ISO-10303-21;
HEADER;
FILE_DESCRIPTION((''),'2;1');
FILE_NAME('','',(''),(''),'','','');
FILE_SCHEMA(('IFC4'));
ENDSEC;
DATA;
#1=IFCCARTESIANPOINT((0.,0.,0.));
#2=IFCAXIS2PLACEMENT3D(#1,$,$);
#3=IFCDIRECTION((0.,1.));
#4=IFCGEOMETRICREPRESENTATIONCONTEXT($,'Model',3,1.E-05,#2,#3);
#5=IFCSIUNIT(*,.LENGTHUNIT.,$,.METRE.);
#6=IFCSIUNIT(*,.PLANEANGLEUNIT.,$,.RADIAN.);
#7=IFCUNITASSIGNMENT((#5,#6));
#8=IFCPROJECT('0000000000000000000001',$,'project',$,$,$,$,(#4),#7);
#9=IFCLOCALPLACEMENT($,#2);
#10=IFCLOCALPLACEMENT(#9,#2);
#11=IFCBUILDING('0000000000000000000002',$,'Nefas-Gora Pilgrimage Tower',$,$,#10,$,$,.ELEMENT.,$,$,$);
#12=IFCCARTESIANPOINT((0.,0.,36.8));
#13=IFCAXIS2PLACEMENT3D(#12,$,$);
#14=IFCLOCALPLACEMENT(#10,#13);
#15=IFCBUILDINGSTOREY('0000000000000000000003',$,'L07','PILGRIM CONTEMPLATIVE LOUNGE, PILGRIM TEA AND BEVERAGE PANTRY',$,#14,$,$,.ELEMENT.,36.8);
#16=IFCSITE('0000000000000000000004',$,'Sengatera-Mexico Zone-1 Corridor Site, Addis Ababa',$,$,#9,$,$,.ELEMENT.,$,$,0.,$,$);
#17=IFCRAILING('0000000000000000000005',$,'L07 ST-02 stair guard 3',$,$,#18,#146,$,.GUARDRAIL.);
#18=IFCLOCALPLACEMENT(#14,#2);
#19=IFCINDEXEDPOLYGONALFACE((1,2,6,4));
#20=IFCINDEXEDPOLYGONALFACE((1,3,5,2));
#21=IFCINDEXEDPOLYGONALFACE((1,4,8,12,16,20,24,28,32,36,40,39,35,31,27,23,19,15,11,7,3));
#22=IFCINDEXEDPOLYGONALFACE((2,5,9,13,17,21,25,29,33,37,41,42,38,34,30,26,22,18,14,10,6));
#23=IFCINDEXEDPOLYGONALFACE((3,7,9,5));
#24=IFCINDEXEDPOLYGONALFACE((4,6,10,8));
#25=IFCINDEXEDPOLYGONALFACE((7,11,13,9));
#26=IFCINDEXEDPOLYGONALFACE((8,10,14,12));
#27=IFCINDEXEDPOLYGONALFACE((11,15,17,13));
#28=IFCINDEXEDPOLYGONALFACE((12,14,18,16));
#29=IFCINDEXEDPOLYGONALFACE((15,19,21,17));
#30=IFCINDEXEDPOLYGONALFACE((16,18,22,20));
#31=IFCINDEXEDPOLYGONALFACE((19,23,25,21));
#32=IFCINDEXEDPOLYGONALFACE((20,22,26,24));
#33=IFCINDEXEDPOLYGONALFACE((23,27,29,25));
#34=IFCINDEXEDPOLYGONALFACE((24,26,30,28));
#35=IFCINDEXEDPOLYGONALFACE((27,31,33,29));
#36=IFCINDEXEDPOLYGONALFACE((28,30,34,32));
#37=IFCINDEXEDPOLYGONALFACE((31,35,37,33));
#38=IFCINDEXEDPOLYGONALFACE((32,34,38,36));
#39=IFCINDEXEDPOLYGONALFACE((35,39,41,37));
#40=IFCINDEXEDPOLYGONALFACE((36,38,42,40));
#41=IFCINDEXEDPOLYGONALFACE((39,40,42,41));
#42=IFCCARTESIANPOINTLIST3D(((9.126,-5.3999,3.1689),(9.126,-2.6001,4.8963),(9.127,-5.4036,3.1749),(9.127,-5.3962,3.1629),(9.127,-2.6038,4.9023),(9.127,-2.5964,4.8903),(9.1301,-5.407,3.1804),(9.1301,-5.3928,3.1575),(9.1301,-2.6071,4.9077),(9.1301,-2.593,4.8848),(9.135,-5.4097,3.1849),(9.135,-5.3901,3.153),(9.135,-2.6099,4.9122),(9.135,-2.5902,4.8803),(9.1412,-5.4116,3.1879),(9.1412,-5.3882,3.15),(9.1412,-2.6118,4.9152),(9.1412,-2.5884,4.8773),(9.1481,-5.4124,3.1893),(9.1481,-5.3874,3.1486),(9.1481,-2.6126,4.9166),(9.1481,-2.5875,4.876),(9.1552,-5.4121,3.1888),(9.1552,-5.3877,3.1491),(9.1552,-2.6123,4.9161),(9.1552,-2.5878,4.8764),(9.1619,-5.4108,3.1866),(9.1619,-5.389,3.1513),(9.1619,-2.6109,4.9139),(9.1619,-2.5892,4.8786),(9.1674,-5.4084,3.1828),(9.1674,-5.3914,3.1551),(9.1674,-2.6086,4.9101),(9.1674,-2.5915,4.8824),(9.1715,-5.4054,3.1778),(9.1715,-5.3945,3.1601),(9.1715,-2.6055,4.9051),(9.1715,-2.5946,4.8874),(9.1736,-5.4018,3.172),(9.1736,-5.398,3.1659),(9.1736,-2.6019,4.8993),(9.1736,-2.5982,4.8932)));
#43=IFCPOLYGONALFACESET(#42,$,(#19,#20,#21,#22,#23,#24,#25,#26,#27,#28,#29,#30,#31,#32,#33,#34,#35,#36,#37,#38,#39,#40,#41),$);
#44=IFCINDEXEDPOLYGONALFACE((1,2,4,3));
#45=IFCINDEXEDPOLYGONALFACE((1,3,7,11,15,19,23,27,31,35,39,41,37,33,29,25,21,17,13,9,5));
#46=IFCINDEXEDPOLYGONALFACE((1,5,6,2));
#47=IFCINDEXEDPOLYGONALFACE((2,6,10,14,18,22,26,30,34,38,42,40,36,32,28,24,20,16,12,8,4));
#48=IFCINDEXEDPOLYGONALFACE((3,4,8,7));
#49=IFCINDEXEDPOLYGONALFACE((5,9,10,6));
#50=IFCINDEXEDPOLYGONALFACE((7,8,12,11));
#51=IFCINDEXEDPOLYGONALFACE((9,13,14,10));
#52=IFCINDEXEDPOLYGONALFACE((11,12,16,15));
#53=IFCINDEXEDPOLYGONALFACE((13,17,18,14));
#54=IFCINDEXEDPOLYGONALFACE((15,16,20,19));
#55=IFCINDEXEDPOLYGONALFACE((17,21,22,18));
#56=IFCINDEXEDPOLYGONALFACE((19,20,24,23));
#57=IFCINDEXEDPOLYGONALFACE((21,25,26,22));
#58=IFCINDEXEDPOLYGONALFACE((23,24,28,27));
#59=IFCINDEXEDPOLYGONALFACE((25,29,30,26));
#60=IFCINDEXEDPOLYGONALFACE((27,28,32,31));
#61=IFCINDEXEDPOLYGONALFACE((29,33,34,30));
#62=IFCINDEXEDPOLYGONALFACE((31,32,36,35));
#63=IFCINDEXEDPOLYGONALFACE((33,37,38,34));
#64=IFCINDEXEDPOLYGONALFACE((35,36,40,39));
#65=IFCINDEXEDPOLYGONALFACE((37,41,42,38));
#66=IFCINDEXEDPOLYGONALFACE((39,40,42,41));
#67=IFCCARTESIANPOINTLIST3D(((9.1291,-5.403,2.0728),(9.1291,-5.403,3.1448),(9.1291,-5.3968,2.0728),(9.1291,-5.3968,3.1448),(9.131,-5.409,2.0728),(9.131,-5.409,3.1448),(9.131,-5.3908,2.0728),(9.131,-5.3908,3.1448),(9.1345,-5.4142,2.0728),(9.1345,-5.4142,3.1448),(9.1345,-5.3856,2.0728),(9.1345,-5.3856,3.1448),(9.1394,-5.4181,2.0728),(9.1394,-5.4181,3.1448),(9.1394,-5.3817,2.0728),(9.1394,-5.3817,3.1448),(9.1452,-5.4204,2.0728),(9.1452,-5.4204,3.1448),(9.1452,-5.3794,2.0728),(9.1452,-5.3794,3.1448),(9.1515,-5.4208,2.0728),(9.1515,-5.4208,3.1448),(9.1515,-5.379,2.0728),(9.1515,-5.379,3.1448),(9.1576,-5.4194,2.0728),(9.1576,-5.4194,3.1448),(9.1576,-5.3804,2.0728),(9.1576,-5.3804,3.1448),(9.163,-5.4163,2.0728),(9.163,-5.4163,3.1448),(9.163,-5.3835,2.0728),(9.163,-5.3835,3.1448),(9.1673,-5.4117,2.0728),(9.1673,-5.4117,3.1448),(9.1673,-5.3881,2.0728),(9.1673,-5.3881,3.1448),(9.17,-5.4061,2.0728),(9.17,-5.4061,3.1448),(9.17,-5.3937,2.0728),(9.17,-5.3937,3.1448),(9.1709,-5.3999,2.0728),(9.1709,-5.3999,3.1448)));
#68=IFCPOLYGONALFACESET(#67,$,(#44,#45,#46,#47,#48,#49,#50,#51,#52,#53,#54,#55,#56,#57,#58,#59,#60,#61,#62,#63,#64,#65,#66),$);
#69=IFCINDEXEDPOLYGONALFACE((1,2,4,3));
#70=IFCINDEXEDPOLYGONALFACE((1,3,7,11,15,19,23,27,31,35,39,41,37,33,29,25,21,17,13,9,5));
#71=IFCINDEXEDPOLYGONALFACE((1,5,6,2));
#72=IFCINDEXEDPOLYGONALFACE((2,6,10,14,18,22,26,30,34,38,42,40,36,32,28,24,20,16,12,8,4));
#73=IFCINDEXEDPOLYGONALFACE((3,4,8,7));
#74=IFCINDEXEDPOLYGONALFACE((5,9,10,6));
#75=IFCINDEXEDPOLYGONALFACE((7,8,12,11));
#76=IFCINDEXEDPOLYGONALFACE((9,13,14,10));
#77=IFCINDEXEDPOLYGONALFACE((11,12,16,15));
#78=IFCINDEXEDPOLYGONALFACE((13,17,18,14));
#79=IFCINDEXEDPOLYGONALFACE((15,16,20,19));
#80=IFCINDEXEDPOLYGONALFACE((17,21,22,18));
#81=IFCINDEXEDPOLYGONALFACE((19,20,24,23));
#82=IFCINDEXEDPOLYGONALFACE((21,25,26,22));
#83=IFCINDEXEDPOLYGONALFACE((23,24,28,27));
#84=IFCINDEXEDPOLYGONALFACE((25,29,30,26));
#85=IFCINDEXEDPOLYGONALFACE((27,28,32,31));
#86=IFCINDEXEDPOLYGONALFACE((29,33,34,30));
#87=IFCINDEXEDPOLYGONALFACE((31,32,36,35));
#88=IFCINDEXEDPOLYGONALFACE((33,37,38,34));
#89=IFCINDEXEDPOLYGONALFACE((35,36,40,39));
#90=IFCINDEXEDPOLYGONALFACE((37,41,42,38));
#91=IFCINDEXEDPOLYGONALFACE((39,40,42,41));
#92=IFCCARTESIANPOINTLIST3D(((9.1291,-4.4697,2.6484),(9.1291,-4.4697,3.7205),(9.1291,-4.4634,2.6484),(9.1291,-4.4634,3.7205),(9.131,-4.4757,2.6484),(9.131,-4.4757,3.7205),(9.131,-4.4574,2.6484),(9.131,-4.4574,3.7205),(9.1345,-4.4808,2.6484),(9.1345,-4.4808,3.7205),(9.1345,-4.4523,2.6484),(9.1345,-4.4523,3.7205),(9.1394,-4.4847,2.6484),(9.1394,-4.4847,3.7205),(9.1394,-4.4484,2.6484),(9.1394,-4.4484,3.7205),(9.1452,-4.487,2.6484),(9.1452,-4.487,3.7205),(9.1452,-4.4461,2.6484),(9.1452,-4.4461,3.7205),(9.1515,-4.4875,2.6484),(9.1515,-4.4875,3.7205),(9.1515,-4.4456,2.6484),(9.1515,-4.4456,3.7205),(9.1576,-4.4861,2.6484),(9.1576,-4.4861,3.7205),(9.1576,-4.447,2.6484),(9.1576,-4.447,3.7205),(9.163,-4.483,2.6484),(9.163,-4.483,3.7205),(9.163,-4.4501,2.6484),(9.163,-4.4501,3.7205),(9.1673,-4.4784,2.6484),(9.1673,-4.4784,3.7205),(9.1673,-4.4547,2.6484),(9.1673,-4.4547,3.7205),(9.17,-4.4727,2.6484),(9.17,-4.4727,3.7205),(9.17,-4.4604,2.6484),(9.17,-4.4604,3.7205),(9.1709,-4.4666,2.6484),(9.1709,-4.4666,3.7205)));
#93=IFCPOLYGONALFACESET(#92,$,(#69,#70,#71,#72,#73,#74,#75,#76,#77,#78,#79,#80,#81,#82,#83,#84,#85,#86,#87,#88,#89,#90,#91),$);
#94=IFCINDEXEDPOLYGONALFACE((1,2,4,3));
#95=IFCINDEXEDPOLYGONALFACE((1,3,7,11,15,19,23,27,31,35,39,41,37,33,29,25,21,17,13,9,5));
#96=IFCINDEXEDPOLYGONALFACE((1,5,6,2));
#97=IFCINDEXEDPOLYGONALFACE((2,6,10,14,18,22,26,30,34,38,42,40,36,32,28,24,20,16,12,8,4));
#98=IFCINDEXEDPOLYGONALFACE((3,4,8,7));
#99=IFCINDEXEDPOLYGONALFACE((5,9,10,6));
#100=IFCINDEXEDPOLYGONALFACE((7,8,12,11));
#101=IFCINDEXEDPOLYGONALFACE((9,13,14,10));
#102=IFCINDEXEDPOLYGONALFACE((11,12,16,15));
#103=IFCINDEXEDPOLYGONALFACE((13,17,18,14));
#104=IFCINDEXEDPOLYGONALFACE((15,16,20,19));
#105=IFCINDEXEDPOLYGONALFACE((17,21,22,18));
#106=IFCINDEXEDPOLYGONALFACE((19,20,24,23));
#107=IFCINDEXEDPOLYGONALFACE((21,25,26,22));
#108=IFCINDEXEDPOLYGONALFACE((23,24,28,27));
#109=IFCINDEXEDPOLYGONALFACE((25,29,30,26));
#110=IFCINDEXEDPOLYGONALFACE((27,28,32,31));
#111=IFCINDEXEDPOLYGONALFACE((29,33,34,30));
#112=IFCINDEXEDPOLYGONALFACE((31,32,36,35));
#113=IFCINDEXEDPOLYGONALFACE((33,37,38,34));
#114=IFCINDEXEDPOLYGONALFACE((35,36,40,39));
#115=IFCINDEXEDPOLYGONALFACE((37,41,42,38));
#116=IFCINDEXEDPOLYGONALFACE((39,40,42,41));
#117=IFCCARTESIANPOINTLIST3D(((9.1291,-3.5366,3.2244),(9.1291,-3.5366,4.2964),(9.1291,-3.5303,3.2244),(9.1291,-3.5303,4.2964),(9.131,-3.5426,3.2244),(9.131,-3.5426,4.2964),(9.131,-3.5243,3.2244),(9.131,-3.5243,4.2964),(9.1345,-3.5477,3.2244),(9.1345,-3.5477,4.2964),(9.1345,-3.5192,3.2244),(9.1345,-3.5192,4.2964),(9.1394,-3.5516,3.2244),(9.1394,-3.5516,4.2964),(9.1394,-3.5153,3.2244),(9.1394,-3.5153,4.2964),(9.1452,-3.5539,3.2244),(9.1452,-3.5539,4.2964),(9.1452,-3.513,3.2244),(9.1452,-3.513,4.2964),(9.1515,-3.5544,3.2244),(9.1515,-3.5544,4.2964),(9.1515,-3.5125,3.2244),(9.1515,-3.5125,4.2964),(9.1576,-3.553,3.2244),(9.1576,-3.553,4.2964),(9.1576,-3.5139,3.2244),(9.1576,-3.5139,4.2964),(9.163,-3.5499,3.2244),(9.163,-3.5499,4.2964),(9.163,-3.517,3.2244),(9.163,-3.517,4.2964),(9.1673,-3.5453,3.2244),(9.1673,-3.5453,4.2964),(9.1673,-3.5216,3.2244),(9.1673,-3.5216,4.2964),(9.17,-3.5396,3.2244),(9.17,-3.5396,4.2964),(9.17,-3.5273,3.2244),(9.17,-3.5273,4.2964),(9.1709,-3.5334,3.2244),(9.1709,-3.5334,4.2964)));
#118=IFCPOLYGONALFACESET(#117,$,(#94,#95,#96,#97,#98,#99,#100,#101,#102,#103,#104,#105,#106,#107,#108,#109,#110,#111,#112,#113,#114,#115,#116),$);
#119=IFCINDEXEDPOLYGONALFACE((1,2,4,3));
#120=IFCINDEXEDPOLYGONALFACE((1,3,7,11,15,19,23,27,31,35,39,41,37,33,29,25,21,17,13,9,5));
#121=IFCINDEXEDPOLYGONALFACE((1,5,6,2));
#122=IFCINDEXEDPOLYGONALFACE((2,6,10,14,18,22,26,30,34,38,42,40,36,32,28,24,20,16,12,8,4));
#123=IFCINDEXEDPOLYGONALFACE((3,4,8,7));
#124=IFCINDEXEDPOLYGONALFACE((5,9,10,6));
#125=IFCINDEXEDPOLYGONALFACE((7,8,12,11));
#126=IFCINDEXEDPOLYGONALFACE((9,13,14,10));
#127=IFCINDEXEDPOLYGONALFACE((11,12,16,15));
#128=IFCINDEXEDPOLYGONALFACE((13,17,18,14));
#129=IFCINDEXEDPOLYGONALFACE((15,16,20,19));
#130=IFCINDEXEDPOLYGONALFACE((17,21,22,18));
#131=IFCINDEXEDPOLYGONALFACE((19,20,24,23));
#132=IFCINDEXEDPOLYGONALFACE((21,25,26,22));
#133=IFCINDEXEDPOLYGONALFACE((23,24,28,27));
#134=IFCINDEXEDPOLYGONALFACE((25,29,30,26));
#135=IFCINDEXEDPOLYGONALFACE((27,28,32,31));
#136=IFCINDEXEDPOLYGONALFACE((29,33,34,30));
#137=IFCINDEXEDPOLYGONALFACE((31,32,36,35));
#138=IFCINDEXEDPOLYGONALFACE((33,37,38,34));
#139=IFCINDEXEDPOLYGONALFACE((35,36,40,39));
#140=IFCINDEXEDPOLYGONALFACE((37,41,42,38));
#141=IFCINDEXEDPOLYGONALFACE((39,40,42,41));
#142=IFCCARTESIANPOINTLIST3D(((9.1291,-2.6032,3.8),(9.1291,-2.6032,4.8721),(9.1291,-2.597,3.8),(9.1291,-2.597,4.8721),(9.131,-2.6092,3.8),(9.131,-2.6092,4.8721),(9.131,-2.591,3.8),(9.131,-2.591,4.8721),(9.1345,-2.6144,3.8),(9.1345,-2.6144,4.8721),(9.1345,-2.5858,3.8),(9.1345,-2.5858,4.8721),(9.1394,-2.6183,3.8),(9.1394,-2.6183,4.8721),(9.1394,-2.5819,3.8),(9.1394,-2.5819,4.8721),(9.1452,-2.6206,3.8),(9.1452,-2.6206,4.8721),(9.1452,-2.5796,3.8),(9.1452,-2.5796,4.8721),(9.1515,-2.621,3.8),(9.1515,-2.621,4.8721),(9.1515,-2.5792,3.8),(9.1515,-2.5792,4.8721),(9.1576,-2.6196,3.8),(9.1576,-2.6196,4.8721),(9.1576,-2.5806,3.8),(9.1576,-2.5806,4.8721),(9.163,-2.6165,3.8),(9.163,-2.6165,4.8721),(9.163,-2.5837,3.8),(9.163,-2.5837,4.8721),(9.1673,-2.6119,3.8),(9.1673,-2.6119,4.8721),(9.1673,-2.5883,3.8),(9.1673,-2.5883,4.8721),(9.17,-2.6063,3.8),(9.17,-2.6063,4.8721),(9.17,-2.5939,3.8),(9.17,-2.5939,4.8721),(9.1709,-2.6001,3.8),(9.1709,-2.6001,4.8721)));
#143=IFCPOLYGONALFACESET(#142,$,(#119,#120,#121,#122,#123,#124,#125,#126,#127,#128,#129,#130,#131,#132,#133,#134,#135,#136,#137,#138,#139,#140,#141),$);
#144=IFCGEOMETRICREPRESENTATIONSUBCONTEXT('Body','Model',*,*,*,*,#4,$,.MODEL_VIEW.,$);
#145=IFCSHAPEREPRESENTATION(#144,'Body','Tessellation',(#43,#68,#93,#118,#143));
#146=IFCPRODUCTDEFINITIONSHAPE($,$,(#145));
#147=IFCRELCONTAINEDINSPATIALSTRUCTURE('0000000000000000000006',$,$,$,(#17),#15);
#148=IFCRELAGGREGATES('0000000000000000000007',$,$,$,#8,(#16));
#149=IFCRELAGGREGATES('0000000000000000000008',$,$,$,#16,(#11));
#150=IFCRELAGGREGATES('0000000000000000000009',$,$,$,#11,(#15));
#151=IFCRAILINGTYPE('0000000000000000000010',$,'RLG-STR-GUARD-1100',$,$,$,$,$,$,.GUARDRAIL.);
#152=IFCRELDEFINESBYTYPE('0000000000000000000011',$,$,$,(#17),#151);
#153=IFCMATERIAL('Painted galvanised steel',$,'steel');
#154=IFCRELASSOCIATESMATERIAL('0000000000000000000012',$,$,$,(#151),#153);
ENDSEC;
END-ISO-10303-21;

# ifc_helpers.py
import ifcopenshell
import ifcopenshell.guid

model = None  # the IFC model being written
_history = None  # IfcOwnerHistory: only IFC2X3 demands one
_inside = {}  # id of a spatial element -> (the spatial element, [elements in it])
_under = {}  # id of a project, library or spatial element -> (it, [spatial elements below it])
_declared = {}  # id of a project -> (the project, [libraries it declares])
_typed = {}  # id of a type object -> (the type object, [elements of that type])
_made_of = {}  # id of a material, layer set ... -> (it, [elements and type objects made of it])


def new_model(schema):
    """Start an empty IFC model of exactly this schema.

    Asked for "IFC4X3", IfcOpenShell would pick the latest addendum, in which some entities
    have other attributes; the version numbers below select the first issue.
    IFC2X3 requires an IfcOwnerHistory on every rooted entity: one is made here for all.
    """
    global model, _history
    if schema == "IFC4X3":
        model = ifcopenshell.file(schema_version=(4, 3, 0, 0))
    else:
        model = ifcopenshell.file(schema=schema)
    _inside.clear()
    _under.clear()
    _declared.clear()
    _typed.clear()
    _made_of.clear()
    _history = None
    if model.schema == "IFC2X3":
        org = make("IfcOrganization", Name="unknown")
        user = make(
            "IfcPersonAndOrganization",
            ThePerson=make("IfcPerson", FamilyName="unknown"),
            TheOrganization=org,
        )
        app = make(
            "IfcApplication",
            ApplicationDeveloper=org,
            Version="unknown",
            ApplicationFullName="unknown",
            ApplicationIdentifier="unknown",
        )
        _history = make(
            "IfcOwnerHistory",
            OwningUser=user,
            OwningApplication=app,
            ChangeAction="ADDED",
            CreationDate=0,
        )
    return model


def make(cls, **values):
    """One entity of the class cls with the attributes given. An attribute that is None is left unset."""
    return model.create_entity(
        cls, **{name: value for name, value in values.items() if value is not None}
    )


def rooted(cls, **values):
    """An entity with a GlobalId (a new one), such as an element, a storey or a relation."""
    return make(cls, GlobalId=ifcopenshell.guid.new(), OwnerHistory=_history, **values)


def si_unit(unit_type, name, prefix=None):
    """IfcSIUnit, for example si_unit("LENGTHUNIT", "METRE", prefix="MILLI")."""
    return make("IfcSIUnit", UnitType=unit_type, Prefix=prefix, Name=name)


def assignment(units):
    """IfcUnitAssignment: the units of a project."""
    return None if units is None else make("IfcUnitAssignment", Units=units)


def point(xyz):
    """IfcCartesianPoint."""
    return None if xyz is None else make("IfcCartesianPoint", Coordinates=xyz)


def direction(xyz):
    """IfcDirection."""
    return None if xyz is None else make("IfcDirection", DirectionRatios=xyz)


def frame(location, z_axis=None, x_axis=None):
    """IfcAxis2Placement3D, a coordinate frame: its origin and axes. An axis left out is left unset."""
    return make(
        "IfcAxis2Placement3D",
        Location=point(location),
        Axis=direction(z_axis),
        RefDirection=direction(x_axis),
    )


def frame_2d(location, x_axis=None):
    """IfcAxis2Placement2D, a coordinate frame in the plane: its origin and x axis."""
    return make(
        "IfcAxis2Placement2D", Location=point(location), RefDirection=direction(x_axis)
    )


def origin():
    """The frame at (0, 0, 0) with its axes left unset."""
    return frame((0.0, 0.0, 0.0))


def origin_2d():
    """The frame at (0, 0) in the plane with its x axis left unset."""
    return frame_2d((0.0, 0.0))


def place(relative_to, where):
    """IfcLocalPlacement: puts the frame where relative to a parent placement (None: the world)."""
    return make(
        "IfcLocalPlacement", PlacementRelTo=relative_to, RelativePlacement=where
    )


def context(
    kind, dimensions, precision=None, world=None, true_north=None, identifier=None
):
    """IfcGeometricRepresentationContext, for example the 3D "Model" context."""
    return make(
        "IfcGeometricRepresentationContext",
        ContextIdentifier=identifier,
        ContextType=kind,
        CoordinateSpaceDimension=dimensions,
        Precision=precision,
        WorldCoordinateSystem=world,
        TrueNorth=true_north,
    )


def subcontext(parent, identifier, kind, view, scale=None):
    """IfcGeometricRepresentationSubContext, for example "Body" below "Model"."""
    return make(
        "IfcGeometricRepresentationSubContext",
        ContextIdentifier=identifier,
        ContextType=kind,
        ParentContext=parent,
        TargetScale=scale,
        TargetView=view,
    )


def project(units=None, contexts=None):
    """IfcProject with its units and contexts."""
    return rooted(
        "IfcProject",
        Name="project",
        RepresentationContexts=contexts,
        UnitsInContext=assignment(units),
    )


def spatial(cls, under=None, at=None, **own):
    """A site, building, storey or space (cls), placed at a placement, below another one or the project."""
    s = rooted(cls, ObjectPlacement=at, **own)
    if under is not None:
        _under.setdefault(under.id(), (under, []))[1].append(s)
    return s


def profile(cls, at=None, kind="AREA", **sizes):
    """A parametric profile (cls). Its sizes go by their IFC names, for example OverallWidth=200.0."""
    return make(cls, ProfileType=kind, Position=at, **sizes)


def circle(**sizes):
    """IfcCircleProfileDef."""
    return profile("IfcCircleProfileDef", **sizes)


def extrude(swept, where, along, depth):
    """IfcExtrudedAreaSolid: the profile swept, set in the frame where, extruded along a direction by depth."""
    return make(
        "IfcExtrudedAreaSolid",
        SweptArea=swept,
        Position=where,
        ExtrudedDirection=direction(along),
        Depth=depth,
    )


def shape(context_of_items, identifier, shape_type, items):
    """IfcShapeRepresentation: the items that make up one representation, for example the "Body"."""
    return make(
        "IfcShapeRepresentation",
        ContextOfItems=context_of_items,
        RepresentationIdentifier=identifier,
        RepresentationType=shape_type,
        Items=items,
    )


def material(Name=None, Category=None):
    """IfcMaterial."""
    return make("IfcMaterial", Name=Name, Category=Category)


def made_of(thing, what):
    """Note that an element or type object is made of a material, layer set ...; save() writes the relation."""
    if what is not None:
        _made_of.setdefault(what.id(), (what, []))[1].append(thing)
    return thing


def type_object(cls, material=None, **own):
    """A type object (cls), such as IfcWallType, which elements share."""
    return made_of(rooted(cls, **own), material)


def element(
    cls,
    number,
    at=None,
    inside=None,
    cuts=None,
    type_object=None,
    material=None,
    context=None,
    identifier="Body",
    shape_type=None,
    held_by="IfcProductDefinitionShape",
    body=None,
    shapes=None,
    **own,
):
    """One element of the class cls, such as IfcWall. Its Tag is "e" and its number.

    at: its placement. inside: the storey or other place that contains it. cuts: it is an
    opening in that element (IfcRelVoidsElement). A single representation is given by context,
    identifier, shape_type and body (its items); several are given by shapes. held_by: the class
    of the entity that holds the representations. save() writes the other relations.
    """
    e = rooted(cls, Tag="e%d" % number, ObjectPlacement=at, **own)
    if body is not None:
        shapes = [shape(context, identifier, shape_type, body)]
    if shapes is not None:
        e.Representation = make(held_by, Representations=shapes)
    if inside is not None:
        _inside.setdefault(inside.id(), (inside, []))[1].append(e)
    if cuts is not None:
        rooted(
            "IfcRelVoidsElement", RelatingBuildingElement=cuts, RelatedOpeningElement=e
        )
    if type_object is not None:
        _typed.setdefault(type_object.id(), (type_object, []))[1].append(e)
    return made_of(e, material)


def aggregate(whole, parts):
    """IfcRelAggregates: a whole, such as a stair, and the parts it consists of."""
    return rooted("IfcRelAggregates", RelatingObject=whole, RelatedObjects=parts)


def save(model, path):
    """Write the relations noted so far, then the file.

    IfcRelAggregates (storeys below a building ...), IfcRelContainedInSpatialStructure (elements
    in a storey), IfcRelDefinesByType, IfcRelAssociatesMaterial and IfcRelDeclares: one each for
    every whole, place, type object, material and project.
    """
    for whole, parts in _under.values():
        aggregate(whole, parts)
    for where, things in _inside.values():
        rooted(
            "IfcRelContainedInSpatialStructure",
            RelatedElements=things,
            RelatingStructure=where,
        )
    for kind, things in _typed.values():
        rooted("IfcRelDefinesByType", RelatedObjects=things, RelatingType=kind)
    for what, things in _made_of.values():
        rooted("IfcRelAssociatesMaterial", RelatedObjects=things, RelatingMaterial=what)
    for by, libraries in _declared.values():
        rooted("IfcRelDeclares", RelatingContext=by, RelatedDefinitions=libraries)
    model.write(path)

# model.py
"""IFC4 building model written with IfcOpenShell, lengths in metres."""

from ifc_helpers import new_model, si_unit, direction, frame, origin, origin_2d, place, context, subcontext, project, spatial, circle, extrude, material, type_object, element, save


model = new_model("IFC4")

# Units and contexts
model_context = context("Model", 3, precision=1e-05, world=origin(), true_north=direction((0.0, 1.0)))
body_context = subcontext(model_context, "Body", "Model", "MODEL_VIEW")
ifc_project = project(units=[si_unit("LENGTHUNIT", "METRE"), si_unit("PLANEANGLEUNIT", "RADIAN")], contexts=[model_context])

# Site, building, storey
site_placement = place(None, origin())
site = spatial("IfcSite", under=ifc_project, at=site_placement, Name="Sengatera-Mexico Zone-1 Corridor Site, Addis Ababa", CompositionType="ELEMENT", RefElevation=0.0)
building_placement = place(site_placement, origin())
building = spatial("IfcBuilding", under=site, at=building_placement, Name="Nefas-Gora Pilgrimage Tower", CompositionType="ELEMENT")
storey_placement = place(building_placement, frame((0.0, 0.0, 36.8)))
storey = spatial("IfcBuildingStorey", under=building, at=storey_placement, Name="L07", Description="PILGRIM CONTEMPLATIVE LOUNGE, PILGRIM TEA AND BEVERAGE PANTRY", CompositionType="ELEMENT", Elevation=36.8)

# Railing
ifc_material_1 = material(Name="Painted galvanised steel", Category="steel")
railing_type_1 = type_object("IfcRailingType", Name="RLG-STR-GUARD-1100", PredefinedType="GUARDRAIL", material=ifc_material_1)
railing_1_placement = place(storey_placement, frame((9.1499, -5.3999, 2.0728)))
element("IfcRailing", 1, at=railing_1_placement, inside=storey, type_object=railing_type_1, Name="L07 ST-02 stair guard 3", PredefinedType="GUARDRAIL", context=body_context, shape_type="SweptSolid", body=[
    extrude(circle(Radius=0.0239, at=origin_2d()), frame((0.0, 0.0, 1.0962), z_axis=(0.0, 0.851069, 0.525054), x_axis=(-1.0, 0.0, 0.0)), (0.0, 0.0, 1.0), 3.2898),
    extrude(circle(Radius=0.021, at=origin_2d()), origin(), (0.0, 0.0, 1.0), 1.072),
    extrude(circle(Radius=0.021, at=origin_2d()), frame((0.0, 0.9333, 0.5757)), (0.0, 0.0, 1.0), 1.072),
    extrude(circle(Radius=0.021, at=origin_2d()), frame((0.0, 1.8665, 1.1516)), (0.0, 0.0, 1.0), 1.072),
    extrude(circle(Radius=0.021, at=origin_2d()), frame((0.0, 2.7998, 1.7273)), (0.0, 0.0, 1.0), 1.072),
])

save(model, "model.ifc")
